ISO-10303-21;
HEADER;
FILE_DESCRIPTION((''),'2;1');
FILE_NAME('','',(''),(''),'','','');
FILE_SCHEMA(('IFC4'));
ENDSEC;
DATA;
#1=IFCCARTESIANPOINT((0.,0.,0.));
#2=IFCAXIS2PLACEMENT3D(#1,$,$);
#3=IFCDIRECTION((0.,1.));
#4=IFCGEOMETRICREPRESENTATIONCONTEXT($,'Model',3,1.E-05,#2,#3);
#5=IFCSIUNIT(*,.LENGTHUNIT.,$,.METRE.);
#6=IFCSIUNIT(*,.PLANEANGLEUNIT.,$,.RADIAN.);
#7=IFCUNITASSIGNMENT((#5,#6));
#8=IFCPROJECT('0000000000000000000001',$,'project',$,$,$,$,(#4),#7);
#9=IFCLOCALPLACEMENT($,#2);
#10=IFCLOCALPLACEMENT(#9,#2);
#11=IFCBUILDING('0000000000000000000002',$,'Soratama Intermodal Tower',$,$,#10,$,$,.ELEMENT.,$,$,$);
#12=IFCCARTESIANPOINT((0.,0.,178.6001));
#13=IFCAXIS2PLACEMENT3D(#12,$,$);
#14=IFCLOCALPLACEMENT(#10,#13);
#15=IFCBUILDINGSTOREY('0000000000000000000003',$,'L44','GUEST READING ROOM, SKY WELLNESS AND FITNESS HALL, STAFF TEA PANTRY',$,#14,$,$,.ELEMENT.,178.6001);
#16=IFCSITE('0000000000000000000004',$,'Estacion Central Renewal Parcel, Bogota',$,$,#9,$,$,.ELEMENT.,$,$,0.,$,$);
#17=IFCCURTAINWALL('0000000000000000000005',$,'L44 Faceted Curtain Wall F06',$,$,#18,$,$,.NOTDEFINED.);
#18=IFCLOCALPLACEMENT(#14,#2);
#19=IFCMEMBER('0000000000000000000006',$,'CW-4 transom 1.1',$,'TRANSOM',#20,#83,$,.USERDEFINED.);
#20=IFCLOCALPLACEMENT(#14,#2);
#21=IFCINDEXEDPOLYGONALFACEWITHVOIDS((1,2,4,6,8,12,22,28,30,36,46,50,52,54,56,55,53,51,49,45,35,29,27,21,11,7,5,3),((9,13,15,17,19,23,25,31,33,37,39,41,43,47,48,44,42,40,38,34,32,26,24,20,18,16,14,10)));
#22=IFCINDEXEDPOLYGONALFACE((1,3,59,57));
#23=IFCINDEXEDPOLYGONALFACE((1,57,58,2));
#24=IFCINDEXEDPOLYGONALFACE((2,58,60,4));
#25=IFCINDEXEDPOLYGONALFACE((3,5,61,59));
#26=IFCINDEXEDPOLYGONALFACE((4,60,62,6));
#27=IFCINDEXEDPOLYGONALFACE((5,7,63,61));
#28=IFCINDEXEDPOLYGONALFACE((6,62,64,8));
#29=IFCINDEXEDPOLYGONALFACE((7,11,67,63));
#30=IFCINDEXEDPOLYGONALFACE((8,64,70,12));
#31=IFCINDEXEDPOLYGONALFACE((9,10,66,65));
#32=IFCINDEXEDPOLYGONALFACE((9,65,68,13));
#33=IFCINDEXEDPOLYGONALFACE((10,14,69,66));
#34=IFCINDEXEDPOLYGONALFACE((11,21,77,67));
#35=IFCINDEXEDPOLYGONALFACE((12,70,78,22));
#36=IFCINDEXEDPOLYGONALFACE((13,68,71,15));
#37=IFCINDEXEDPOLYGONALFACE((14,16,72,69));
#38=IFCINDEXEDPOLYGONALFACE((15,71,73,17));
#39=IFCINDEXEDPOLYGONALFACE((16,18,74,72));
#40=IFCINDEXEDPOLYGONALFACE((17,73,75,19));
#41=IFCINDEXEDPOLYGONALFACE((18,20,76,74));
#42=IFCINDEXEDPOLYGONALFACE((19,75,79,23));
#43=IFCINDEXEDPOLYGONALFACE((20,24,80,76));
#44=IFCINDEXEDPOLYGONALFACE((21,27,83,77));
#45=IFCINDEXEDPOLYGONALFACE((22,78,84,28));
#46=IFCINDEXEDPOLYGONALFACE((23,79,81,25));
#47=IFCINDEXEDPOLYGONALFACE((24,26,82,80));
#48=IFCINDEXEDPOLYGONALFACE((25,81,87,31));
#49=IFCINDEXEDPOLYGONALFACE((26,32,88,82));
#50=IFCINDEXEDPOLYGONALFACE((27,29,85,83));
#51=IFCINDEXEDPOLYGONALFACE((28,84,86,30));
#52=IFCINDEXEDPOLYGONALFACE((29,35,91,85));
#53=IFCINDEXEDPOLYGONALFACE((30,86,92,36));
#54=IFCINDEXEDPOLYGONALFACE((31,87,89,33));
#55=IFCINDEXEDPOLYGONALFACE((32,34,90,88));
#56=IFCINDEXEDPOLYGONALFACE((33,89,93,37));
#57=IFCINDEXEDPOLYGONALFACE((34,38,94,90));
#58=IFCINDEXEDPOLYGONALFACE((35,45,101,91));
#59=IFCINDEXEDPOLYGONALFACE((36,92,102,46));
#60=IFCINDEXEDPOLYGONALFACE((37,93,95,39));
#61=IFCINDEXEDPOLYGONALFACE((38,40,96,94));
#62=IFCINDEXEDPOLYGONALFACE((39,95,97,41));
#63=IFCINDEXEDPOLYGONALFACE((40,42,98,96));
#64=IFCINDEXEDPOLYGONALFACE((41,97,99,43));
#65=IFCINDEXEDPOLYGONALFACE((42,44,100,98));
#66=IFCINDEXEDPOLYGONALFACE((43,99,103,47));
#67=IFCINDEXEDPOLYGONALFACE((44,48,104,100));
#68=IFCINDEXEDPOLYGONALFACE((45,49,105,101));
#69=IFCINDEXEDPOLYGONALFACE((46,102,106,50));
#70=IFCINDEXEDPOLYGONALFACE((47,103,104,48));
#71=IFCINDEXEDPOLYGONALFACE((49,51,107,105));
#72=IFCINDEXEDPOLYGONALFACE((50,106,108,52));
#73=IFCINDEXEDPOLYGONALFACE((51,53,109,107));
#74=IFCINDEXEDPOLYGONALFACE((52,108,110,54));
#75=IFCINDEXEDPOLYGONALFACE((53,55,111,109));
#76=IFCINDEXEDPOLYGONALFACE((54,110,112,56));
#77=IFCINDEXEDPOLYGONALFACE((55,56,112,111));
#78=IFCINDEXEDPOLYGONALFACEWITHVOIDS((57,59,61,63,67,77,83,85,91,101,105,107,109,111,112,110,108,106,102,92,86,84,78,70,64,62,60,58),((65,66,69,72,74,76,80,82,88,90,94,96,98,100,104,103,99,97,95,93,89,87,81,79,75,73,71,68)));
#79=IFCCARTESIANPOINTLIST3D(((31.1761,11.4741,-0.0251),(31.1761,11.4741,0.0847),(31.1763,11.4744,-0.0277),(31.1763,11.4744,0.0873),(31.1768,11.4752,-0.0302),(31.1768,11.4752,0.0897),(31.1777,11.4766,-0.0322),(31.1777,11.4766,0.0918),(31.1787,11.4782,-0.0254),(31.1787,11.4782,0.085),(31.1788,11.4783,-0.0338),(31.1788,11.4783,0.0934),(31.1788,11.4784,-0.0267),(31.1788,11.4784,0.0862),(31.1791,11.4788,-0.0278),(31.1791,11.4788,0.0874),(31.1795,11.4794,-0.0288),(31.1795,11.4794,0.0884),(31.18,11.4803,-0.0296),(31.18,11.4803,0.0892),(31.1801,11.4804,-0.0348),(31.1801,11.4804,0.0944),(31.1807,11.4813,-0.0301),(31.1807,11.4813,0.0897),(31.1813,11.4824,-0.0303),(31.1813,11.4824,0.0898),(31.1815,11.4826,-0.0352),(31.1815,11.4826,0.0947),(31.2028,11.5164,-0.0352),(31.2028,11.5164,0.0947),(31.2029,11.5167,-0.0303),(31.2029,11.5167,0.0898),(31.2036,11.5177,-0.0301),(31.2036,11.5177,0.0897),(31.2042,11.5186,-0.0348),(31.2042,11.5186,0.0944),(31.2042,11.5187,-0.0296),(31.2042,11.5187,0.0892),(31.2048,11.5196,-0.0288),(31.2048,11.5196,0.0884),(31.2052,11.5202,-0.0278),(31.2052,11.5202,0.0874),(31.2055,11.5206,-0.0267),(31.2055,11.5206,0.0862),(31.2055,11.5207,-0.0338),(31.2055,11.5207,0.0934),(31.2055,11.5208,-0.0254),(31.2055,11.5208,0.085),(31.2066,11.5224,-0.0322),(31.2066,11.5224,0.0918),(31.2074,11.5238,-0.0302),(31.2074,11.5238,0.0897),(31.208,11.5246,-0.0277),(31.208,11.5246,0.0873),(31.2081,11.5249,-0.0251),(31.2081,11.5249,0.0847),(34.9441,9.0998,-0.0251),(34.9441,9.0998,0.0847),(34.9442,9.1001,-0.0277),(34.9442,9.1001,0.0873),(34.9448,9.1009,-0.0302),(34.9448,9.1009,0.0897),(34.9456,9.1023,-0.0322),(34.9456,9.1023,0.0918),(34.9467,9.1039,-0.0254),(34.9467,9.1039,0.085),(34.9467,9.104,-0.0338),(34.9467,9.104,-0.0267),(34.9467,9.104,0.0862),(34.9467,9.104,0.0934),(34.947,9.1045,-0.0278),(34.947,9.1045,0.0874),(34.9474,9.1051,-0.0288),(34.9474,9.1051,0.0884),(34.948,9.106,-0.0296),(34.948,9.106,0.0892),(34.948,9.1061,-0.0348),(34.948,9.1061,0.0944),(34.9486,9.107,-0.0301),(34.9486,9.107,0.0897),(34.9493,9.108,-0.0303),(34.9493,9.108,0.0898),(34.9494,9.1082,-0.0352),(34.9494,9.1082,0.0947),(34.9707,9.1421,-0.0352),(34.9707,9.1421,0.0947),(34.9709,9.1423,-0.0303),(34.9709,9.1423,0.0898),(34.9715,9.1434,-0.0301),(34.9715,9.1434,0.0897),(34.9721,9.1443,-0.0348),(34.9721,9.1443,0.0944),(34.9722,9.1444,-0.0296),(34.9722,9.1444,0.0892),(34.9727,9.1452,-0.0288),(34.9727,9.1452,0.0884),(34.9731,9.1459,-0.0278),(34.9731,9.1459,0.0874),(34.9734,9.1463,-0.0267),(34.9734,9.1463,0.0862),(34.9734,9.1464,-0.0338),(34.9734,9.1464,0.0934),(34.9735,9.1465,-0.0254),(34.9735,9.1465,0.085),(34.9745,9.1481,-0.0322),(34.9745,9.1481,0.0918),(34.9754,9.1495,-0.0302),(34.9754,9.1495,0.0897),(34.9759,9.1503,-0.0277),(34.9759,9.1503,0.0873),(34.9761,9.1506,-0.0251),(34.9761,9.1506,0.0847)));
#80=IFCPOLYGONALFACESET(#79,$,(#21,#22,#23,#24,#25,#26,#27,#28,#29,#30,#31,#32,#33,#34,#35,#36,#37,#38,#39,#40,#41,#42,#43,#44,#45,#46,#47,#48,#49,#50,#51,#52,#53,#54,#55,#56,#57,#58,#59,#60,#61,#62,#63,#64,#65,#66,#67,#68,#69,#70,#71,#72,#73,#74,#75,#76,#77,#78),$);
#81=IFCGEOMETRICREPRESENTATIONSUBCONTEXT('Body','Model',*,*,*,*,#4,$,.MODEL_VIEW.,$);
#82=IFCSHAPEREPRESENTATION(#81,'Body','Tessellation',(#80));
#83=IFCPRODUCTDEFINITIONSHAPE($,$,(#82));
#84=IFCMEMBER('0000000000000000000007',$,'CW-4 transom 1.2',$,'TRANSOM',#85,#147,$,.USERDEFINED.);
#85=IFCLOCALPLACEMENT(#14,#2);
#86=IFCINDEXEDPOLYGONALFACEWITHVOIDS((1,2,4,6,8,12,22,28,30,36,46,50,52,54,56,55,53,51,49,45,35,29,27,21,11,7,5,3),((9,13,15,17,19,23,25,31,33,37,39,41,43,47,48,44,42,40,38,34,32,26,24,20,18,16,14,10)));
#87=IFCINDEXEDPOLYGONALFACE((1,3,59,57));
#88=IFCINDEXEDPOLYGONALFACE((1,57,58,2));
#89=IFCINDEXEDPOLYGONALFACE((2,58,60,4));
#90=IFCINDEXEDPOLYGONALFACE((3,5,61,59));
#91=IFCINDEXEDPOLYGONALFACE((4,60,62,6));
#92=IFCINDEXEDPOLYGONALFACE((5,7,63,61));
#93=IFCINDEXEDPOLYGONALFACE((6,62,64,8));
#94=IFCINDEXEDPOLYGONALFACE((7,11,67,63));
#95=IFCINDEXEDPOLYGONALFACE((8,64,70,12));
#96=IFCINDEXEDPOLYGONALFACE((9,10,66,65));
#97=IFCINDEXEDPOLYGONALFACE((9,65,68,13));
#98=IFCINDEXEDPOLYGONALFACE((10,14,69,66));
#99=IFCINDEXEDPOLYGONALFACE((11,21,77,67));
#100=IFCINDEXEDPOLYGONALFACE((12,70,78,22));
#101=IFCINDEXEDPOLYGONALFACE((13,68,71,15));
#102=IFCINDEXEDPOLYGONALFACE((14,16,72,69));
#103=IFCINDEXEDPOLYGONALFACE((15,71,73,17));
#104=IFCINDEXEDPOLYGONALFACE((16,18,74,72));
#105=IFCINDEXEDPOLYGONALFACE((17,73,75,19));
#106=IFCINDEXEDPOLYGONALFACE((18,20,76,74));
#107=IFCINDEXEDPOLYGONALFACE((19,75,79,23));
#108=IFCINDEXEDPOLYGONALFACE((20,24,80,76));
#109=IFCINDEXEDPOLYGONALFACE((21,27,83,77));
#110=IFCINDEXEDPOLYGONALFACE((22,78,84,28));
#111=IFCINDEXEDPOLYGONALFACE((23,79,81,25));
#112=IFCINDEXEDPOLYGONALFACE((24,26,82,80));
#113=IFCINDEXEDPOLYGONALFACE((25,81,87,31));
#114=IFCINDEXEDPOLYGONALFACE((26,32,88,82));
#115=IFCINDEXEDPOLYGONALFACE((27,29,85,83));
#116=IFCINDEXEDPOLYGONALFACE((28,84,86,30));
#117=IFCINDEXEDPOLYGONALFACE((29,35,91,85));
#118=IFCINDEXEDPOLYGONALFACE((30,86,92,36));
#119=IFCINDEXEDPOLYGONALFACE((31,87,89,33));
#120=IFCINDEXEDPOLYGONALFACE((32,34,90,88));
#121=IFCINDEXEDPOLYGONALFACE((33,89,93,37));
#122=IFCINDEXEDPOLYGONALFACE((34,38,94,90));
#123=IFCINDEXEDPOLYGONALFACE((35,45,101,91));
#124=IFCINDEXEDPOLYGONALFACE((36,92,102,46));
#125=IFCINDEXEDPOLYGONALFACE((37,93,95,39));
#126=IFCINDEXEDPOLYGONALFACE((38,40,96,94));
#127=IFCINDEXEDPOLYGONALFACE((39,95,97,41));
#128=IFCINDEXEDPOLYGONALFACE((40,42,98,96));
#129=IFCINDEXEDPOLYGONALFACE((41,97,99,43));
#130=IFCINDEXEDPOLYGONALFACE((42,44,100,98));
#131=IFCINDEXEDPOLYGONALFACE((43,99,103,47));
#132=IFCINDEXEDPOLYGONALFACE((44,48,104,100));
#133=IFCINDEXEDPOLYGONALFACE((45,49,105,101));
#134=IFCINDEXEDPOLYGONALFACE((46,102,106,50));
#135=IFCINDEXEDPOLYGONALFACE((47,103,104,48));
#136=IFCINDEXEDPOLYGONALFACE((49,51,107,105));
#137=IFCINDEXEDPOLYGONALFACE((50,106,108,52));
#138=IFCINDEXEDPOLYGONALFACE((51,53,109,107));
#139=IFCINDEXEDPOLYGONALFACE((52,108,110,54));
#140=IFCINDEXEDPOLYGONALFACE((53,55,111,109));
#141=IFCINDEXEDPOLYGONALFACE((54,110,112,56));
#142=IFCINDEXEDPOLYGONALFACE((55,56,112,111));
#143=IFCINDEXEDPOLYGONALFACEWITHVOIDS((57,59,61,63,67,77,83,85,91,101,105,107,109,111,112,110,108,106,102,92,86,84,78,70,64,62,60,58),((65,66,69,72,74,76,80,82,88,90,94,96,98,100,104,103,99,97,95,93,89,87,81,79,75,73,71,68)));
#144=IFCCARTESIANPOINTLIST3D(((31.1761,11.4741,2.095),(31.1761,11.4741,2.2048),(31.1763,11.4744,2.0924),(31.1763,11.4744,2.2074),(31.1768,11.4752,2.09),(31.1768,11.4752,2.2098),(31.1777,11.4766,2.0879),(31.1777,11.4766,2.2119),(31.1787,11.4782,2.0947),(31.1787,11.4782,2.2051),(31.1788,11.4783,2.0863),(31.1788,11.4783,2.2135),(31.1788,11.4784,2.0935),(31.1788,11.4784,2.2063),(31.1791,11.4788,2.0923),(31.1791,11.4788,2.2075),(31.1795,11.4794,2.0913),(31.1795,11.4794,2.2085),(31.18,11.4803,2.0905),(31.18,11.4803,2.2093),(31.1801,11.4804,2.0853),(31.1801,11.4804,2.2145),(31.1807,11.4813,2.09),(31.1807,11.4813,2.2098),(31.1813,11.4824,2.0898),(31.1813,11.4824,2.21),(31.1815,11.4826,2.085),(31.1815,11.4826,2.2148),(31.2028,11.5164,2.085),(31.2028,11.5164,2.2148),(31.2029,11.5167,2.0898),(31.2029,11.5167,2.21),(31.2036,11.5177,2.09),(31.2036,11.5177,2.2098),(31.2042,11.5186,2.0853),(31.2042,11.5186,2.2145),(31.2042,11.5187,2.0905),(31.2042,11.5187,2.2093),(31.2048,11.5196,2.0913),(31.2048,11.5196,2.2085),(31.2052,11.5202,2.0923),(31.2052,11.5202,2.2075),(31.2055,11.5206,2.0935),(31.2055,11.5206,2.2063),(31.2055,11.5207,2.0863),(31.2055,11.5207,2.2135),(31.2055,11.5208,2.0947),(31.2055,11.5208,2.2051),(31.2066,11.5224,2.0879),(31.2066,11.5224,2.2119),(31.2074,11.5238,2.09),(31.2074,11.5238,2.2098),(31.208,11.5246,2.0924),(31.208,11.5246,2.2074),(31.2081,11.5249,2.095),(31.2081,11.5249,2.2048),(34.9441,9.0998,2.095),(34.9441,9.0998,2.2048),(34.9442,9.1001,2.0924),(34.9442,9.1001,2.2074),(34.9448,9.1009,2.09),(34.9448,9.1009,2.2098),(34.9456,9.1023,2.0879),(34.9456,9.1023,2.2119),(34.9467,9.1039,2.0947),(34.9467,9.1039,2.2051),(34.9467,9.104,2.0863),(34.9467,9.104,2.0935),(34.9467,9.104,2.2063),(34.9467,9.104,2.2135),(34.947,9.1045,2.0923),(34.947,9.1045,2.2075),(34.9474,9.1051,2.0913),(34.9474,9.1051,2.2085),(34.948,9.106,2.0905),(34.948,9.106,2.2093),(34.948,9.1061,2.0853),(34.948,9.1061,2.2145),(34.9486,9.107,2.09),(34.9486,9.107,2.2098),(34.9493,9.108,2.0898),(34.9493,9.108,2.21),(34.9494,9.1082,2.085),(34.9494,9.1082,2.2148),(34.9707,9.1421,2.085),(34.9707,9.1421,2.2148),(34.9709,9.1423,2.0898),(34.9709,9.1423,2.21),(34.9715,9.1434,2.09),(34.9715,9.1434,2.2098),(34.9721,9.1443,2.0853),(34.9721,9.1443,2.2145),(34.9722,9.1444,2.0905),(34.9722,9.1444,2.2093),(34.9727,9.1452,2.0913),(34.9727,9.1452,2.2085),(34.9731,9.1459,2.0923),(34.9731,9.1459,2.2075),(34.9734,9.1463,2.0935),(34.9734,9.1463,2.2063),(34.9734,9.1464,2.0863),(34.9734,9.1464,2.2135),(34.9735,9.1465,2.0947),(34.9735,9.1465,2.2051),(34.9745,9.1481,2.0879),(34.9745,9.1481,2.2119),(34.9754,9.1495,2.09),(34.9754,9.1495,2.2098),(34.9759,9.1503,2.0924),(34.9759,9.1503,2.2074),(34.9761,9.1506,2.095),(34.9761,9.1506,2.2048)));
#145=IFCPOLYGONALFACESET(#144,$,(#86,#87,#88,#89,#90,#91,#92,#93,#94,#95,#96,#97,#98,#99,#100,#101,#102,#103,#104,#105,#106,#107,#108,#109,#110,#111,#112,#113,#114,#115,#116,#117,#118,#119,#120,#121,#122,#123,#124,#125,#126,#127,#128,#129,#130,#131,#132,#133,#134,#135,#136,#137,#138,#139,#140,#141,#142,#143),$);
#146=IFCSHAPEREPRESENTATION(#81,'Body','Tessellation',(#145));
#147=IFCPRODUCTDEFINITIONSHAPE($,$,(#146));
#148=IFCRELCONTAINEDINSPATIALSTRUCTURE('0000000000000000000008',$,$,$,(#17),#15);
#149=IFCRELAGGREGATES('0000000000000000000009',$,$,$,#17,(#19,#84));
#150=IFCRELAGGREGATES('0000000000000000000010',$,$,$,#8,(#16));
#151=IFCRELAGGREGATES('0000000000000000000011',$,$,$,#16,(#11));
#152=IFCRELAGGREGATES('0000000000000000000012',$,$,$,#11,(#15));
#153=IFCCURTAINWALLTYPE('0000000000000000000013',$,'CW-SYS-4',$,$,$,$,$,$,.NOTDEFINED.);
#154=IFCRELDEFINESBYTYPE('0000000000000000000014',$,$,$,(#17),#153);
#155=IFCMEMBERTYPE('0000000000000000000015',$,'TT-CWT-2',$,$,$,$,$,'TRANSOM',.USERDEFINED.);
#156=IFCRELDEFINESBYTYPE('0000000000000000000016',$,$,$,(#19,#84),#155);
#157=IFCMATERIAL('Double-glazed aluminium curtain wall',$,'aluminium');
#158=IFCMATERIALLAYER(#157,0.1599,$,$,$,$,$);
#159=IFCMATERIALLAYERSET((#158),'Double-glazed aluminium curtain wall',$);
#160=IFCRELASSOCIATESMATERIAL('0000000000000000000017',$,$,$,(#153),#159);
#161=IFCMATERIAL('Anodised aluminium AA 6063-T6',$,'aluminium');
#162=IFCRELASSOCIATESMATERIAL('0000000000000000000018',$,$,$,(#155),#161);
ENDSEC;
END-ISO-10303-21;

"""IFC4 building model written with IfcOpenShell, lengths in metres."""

from ifc_helpers import new_model, si_unit, direction, frame, origin, origin_2d, place, context, subcontext, project, spatial, hollow_rectangle, extrude, material, layer, layer_set, material_profile, profile_set, type_object, element, aggregate, save


model = new_model("IFC4")

# Units and contexts
model_context = context("Model", 3, precision=1e-05, world=origin(), true_north=direction((0.0, 1.0)))
body_context = subcontext(model_context, "Body", "Model", "MODEL_VIEW")
ifc_project = project(units=[si_unit("LENGTHUNIT", "METRE"), si_unit("PLANEANGLEUNIT", "RADIAN")], contexts=[model_context])

# Site, building, storey
site_placement = place(None, origin())
site = spatial("IfcSite", under=ifc_project, at=site_placement, Name="Estacion Central Renewal Parcel, Bogota", CompositionType="ELEMENT", RefElevation=0.0)
building_placement = place(site_placement, origin())
building = spatial("IfcBuilding", under=site, at=building_placement, Name="Soratama Intermodal Tower", CompositionType="ELEMENT")
storey_placement = place(building_placement, frame((0.0, 0.0, 178.6001)))
storey = spatial("IfcBuildingStorey", under=building, at=storey_placement, Name="L44", Description="GUEST READING ROOM, SKY WELLNESS AND FITNESS HALL, STAFF TEA PANTRY", CompositionType="ELEMENT", Elevation=178.6001)

# Shared definitions
ifc_material_1 = material(Name="Double-glazed aluminium curtain wall", Category="aluminium")
ifc_layer_1 = layer(ifc_material_1, 0.1599)
ifc_layer_set_1 = layer_set([ifc_layer_1], Name="Double-glazed aluminium curtain wall")
curtain_wall_type = type_object("IfcCurtainWallType", Name="CW-SYS-4", PredefinedType="NOTDEFINED", material=ifc_layer_set_1)

# Curtain wall, members
curtain_wall_1_placement = place(storey_placement, origin())
curtain_wall_1 = element("IfcCurtainWall", 1, at=curtain_wall_1_placement, inside=storey, type_object=curtain_wall_type, Name="L44 Faceted Curtain Wall F06", PredefinedType="NOTDEFINED")
ifc_material_2 = material(Name="Anodised aluminium AA 6063-T6", Category="aluminium")
ifc_material_profile_1 = material_profile(ifc_material_2, hollow_rectangle(XDim=0.0601, YDim=0.1299, WallThickness=0.0049, InnerFilletRadius=0.0049, OuterFilletRadius=0.01, at=origin_2d()), Name="CWT130X60X5")
ifc_profile_set_1 = profile_set([ifc_material_profile_1], Name="Anodised aluminium AA 6063-T6")
member_type_1 = type_object("IfcMemberType", Name="TT-CWT-2", ElementType="TRANSOM", PredefinedType="USERDEFINED", material=ifc_profile_set_1)
member_1_placement = place(storey_placement, frame((31.1921, 11.4995, 0.0298), z_axis=(0.846037, -0.533124, 0.0), x_axis=(0.533124, 0.846037, 0.0)))
member_1 = element("IfcMember", 2, at=member_1_placement, type_object=member_type_1, Name="CW-4 transom 1.1", ObjectType="TRANSOM", PredefinedType="USERDEFINED", context=body_context, shape_type="SweptSolid", body=[
    extrude(hollow_rectangle(XDim=0.0601, YDim=0.1299, WallThickness=0.0049, InnerFilletRadius=0.0049, OuterFilletRadius=0.01, at=origin_2d()), origin(), (0.0, 0.0, 1.0), 4.4536),
])
member_2_placement = place(storey_placement, frame((31.1921, 11.4995, 2.1499), z_axis=(0.846037, -0.533124, 0.0), x_axis=(0.533124, 0.846037, 0.0)))
member_2 = element("IfcMember", 3, at=member_2_placement, type_object=member_type_1, Name="CW-4 transom 1.2", ObjectType="TRANSOM", PredefinedType="USERDEFINED", context=body_context, shape_type="SweptSolid", body=[
    extrude(hollow_rectangle(XDim=0.0601, YDim=0.1299, WallThickness=0.0049, InnerFilletRadius=0.0049, OuterFilletRadius=0.01, at=origin_2d()), origin(), (0.0, 0.0, 1.0), 4.4536),
])
aggregate(curtain_wall_1, [member_1, member_2])

save(model, "model.ifc")
